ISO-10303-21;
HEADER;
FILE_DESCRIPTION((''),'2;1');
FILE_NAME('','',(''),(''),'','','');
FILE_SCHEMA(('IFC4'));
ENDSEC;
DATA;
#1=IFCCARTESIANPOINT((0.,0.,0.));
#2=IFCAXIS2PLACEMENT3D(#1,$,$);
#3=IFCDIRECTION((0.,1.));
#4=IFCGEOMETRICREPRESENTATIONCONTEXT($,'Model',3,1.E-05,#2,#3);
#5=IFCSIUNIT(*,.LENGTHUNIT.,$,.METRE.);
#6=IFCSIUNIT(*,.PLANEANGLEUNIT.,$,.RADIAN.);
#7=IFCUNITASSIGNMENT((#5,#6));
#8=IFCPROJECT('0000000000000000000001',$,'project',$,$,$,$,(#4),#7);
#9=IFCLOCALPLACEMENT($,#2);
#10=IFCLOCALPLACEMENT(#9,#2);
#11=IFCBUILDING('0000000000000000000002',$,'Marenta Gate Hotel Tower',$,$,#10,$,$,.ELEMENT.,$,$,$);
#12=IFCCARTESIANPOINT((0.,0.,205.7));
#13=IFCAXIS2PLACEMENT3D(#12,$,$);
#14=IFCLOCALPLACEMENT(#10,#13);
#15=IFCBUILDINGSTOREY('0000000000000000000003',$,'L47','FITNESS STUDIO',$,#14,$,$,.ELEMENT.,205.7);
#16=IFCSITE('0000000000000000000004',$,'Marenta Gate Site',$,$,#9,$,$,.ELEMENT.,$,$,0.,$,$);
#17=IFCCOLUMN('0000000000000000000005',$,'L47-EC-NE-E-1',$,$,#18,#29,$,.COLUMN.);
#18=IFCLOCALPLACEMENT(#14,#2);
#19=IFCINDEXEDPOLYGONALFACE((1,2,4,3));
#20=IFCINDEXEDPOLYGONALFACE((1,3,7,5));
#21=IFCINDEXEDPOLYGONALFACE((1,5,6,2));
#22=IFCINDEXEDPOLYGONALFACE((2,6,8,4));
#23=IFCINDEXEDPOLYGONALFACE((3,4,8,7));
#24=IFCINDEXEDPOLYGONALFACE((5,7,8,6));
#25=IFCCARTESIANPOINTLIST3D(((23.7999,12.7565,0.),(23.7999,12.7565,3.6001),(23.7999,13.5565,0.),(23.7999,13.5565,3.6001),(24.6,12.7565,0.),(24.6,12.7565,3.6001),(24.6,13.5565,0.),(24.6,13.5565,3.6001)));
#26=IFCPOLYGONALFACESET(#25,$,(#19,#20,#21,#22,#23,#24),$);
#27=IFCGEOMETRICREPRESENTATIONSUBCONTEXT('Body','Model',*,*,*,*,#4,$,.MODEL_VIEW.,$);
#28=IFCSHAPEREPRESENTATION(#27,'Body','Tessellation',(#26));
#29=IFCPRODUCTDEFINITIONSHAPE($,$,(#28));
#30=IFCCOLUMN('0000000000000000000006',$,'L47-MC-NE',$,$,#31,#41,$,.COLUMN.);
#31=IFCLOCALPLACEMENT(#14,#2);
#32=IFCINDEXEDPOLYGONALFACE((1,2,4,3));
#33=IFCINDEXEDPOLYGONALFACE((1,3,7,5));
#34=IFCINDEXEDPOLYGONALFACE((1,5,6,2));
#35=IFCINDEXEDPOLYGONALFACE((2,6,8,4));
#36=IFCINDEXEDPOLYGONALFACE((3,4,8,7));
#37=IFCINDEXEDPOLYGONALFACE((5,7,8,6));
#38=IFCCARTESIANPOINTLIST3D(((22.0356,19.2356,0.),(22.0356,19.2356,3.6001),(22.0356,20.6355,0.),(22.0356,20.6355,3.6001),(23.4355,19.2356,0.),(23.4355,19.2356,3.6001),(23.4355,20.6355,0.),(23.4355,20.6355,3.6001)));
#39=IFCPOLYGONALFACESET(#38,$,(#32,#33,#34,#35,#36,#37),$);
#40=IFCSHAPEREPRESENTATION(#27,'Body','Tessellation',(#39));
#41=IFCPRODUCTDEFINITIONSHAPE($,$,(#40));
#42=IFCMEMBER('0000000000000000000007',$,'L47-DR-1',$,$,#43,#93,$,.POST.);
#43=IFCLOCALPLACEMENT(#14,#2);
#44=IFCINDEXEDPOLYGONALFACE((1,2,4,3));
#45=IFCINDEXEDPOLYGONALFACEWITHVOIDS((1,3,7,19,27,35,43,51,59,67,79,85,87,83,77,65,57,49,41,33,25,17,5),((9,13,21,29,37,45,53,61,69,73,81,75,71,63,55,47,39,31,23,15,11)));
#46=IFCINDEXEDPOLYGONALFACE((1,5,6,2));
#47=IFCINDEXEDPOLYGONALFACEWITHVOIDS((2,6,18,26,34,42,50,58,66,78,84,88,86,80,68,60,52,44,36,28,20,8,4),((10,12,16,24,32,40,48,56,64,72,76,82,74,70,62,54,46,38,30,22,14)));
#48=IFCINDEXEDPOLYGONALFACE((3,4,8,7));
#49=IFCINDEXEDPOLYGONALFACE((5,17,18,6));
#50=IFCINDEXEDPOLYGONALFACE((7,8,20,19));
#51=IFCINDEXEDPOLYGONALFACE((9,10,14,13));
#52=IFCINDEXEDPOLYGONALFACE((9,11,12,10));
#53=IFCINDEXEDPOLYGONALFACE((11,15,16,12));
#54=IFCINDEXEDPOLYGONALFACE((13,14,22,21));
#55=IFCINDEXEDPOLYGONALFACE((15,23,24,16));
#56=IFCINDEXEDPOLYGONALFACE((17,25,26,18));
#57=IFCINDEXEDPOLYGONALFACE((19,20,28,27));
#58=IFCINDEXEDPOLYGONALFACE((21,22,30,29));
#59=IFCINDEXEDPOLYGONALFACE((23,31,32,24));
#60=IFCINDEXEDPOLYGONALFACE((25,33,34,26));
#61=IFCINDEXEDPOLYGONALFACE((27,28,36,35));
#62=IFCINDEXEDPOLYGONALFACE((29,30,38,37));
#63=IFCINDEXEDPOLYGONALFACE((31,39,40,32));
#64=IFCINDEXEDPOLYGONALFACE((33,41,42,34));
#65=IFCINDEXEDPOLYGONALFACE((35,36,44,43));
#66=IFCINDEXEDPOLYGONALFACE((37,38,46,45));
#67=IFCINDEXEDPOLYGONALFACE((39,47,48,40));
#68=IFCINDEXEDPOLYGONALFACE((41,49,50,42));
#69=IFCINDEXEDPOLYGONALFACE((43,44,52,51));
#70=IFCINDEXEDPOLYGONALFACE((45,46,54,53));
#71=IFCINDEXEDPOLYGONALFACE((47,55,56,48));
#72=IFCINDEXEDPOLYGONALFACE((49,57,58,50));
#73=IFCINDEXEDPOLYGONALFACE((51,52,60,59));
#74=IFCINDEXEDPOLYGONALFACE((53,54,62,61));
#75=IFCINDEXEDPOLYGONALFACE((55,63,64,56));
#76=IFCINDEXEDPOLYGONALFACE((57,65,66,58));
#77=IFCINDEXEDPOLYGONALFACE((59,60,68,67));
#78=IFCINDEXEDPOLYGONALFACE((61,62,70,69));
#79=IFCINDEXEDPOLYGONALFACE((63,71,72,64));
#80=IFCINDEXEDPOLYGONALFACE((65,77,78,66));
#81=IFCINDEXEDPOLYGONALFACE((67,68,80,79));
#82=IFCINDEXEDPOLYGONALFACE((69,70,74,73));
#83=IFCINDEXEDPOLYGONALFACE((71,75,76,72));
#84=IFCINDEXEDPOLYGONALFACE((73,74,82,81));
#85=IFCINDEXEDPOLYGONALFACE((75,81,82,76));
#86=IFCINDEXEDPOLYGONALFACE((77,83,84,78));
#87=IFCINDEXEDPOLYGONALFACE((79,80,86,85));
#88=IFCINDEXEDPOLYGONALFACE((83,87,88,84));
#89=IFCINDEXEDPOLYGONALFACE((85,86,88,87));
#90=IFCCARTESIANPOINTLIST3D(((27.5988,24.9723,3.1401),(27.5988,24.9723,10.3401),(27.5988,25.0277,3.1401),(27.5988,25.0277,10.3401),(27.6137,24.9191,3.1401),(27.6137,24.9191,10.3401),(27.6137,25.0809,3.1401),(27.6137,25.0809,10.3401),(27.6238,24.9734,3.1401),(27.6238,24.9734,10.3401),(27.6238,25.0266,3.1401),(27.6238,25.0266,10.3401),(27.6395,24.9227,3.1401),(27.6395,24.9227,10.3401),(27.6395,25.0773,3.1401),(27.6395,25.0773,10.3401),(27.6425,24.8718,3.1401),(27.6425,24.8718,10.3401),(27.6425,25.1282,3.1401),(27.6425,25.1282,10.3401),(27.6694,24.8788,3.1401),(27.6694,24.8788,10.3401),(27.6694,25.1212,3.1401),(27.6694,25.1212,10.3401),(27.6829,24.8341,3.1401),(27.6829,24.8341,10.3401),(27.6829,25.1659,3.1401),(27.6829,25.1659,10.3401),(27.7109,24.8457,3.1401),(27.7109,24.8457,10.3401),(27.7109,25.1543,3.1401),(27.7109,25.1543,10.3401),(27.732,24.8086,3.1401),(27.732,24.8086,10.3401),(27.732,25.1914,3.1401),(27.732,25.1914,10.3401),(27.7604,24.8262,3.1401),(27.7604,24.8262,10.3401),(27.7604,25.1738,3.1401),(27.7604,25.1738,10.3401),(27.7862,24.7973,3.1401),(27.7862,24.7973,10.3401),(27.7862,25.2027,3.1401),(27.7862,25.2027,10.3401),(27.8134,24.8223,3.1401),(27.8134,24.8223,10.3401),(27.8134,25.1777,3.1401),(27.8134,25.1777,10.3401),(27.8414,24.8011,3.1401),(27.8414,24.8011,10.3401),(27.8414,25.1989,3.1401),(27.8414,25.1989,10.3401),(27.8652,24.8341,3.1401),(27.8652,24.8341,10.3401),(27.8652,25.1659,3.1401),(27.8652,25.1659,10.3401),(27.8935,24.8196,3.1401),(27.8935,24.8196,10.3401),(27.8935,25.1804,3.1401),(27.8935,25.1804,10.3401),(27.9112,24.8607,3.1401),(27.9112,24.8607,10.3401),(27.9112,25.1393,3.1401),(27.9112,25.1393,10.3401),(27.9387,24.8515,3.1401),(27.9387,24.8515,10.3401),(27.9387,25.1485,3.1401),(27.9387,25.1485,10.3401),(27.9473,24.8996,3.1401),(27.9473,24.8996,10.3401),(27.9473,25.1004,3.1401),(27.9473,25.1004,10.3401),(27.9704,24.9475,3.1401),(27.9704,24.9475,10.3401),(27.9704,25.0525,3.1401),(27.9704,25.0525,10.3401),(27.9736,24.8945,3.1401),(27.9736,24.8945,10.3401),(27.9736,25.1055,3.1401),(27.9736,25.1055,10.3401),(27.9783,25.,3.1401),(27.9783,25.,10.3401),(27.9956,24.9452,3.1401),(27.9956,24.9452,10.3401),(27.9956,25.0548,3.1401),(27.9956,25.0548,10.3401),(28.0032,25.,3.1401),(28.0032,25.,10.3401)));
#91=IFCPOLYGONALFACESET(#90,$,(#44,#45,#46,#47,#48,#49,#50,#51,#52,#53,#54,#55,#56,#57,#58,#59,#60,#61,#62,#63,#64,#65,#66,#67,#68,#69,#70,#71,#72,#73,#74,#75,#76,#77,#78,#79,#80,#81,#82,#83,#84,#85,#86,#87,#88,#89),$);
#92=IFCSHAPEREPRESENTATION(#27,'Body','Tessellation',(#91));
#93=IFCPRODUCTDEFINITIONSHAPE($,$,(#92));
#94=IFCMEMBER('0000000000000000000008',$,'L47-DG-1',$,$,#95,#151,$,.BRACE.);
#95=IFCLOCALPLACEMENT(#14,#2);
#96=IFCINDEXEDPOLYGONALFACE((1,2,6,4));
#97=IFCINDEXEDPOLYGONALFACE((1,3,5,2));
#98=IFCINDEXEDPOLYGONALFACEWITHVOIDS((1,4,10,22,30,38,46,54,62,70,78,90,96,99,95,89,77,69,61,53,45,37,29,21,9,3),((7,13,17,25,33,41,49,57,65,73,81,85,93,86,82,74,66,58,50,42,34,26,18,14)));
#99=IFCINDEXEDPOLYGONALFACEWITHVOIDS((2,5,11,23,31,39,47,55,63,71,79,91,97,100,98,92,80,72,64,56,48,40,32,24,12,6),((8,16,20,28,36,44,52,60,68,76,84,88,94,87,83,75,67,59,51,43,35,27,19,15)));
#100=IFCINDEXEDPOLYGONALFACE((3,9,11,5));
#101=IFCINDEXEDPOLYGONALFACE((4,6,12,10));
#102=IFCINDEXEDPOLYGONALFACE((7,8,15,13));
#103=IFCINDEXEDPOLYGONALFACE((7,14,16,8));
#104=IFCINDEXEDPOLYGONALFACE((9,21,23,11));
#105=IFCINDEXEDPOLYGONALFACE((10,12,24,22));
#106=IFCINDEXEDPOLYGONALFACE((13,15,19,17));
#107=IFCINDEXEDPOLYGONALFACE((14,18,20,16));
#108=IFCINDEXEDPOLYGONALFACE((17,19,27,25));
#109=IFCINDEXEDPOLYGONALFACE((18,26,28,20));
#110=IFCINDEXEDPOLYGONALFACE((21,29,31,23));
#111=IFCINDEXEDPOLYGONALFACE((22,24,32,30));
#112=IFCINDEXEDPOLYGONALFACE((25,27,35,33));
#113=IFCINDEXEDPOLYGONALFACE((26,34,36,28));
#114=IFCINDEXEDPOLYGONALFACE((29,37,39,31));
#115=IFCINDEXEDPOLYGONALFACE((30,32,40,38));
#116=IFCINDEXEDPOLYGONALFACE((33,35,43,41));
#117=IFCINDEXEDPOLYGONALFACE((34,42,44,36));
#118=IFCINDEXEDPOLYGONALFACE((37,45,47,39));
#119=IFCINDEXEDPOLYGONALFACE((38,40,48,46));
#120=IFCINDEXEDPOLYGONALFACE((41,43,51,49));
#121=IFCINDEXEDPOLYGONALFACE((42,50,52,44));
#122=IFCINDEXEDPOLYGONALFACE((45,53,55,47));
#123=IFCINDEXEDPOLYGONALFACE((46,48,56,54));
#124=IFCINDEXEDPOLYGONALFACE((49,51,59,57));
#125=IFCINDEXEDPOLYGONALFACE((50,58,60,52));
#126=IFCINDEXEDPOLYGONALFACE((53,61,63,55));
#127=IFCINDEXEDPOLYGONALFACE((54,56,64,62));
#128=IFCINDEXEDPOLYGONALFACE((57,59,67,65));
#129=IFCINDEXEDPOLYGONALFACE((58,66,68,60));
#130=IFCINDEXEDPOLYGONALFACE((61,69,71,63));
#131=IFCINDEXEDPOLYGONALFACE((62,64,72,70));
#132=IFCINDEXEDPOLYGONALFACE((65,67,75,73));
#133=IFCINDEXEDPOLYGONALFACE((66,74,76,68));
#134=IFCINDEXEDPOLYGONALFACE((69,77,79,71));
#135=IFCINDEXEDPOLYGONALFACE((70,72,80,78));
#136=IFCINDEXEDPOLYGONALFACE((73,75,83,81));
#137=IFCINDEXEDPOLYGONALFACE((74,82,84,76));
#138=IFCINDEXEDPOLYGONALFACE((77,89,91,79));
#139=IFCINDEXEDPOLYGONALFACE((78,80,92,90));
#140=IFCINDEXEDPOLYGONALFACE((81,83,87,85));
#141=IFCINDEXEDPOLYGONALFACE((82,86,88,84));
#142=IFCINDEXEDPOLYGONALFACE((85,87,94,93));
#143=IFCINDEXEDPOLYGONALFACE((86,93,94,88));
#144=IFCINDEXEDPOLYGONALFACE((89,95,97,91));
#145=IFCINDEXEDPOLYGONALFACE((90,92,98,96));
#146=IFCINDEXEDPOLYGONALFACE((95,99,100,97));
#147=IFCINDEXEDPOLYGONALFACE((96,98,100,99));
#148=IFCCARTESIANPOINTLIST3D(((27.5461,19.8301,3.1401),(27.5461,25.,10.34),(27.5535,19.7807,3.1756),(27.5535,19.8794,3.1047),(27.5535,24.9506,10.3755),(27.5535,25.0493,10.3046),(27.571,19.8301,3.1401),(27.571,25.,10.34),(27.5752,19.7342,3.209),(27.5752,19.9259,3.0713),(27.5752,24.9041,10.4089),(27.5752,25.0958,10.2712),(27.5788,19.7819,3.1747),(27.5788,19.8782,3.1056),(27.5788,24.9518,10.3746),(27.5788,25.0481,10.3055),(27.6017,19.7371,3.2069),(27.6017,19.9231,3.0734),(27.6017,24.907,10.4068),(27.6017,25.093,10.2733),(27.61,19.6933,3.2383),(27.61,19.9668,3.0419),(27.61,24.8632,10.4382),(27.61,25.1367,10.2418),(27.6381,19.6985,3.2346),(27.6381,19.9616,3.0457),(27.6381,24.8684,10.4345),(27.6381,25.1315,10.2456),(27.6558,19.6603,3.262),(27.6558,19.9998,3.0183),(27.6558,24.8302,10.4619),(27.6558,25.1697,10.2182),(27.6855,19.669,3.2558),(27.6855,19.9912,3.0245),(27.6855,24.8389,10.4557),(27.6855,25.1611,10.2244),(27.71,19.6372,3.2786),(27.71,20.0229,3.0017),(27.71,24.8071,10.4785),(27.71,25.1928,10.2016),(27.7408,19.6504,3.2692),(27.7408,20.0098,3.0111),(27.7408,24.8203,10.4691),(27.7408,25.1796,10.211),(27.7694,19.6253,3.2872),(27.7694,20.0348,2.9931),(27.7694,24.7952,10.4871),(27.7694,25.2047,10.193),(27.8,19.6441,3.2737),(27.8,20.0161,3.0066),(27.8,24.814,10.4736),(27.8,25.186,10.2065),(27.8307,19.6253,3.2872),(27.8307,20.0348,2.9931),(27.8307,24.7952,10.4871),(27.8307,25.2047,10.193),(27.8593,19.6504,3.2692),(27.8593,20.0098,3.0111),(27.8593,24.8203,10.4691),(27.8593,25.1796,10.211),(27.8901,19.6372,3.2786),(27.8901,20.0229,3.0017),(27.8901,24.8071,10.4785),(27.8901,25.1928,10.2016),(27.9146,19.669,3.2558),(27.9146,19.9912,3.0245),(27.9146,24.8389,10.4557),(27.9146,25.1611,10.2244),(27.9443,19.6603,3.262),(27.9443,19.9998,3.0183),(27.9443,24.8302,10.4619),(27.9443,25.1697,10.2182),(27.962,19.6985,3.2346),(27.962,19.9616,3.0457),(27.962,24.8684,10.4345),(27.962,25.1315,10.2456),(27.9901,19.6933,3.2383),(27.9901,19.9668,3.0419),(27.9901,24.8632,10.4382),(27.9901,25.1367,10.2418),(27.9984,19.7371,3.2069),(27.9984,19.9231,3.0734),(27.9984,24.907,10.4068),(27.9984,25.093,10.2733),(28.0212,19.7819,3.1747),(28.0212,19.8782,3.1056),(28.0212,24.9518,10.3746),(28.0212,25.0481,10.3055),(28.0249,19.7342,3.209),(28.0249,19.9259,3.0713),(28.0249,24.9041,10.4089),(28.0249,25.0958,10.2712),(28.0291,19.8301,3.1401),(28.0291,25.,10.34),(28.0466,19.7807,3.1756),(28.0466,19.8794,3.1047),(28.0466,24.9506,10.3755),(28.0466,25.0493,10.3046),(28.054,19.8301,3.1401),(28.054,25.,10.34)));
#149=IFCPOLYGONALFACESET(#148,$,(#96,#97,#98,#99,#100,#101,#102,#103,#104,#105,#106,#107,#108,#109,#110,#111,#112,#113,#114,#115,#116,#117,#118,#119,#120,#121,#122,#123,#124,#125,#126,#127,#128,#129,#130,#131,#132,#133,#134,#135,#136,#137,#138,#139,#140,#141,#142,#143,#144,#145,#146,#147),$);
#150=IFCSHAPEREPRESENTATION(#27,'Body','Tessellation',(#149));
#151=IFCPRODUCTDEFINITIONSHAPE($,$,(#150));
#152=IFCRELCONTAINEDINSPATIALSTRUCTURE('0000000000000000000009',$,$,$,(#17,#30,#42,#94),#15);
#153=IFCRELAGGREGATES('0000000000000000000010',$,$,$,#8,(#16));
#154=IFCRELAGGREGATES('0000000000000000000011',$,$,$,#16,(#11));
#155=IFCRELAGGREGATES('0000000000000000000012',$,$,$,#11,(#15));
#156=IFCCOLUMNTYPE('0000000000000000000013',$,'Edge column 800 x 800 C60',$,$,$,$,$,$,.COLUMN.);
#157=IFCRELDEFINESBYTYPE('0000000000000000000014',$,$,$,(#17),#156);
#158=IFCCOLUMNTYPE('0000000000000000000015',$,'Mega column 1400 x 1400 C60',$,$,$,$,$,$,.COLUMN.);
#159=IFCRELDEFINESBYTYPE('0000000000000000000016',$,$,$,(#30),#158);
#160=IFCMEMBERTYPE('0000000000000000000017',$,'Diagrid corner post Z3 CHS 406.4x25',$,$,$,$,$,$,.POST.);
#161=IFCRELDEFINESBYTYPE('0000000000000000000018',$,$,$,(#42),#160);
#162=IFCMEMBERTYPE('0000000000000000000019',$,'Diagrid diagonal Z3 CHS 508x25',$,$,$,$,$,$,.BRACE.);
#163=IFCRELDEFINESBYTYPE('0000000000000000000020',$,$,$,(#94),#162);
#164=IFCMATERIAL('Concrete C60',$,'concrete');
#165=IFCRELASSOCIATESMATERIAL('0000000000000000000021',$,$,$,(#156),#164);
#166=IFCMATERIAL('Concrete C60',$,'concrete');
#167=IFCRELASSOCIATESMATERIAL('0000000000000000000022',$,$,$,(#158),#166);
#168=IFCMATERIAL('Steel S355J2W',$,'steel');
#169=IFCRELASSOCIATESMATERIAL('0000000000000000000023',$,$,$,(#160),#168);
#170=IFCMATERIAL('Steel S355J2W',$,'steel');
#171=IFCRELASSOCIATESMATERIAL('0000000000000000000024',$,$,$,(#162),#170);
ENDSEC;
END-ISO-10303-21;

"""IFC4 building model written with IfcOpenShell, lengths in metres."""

from ifc_helpers import new_model, si_unit, direction, frame, origin, origin_2d, place, context, subcontext, project, spatial, rectangle, hollow_circle, extrude, material, material_profile, profile_set, type_object, element, save


model = new_model("IFC4")

# Units and contexts
model_context = context("Model", 3, precision=1e-05, world=origin(), true_north=direction((0.0, 1.0)))
body_context = subcontext(model_context, "Body", "Model", "MODEL_VIEW")
ifc_project = project(units=[si_unit("LENGTHUNIT", "METRE"), si_unit("PLANEANGLEUNIT", "RADIAN")], contexts=[model_context])

# Site, building, storey
site_placement = place(None, origin())
site = spatial("IfcSite", under=ifc_project, at=site_placement, Name="Marenta Gate Site", CompositionType="ELEMENT", RefElevation=0.0)
building_placement = place(site_placement, origin())
building = spatial("IfcBuilding", under=site, at=building_placement, Name="Marenta Gate Hotel Tower", CompositionType="ELEMENT")
storey_placement = place(building_placement, frame((0.0, 0.0, 205.7)))
storey = spatial("IfcBuildingStorey", under=building, at=storey_placement, Name="L47", Description="FITNESS STUDIO", CompositionType="ELEMENT", Elevation=205.7)

# Columns
ifc_material_1 = material(Name="Concrete C60", Category="concrete")
ifc_material_profile_1 = material_profile(ifc_material_1, rectangle(XDim=0.8, YDim=0.8, at=origin_2d()), Name="800 x 800")
ifc_profile_set_1 = profile_set([ifc_material_profile_1], Name="Concrete C60")
column_type_1 = type_object("IfcColumnType", Name="Edge column 800 x 800 C60", PredefinedType="COLUMN", material=ifc_profile_set_1)
column_1_placement = place(storey_placement, frame((24.2, 13.1565, 0.0), z_axis=(0.0, 0.0, 1.0), x_axis=(1.0, 0.0, 0.0)))
element("IfcColumn", 1, at=column_1_placement, inside=storey, type_object=column_type_1, Name="L47-EC-NE-E-1", PredefinedType="COLUMN", context=body_context, shape_type="SweptSolid", body=[
    extrude(rectangle(XDim=0.8, YDim=0.8, at=origin_2d()), origin(), (0.0, 0.0, 1.0), 3.6001),
])
ifc_material_2 = material(Name="Concrete C60", Category="concrete")
ifc_material_profile_2 = material_profile(ifc_material_2, rectangle(XDim=1.3999, YDim=1.3999, at=origin_2d()), Name="1400 x 1400")
ifc_profile_set_2 = profile_set([ifc_material_profile_2], Name="Concrete C60")
column_type_2 = type_object("IfcColumnType", Name="Mega column 1400 x 1400 C60", PredefinedType="COLUMN", material=ifc_profile_set_2)
column_2_placement = place(storey_placement, frame((22.7356, 19.9355, 0.0), z_axis=(0.0, 0.0, 1.0), x_axis=(1.0, 0.0, 0.0)))
element("IfcColumn", 2, at=column_2_placement, inside=storey, type_object=column_type_2, Name="L47-MC-NE", PredefinedType="COLUMN", context=body_context, shape_type="SweptSolid", body=[
    extrude(rectangle(XDim=1.3999, YDim=1.3999, at=origin_2d()), origin(), (0.0, 0.0, 1.0), 3.6001),
])

# Members
ifc_material_3 = material(Name="Steel S355J2W", Category="steel")
ifc_material_profile_3 = material_profile(ifc_material_3, hollow_circle(Radius=0.2031, WallThickness=0.0249, at=origin_2d()), Name="CHS 406.4x25")
ifc_profile_set_3 = profile_set([ifc_material_profile_3], Name="Steel S355J2W")
member_type_1 = type_object("IfcMemberType", Name="Diagrid corner post Z3 CHS 406.4x25", PredefinedType="POST", material=ifc_profile_set_3)
member_1_placement = place(storey_placement, frame((27.8, 25.0, 3.1401), z_axis=(0.0, 0.0, 1.0), x_axis=(1.0, 0.0, 0.0)))
element("IfcMember", 3, at=member_1_placement, inside=storey, type_object=member_type_1, Name="L47-DR-1", PredefinedType="POST", context=body_context, shape_type="SweptSolid", body=[
    extrude(hollow_circle(Radius=0.2031, WallThickness=0.0249, at=origin_2d()), origin(), (0.0, 0.0, 1.0), 7.2),
])
ifc_material_4 = material(Name="Steel S355J2W", Category="steel")
ifc_material_profile_4 = material_profile(ifc_material_4, hollow_circle(Radius=0.2539, WallThickness=0.0249, at=origin_2d()), Name="CHS 508x25")
ifc_profile_set_4 = profile_set([ifc_material_profile_4], Name="Steel S355J2W")
member_type_2 = type_object("IfcMemberType", Name="Diagrid diagonal Z3 CHS 508x25", PredefinedType="BRACE", material=ifc_profile_set_4)
member_2_placement = place(storey_placement, frame((27.8, 19.8301, 3.1401), z_axis=(0.0, 0.583261, 0.812285), x_axis=(-1.0, 0.0, 0.0)))
element("IfcMember", 4, at=member_2_placement, inside=storey, type_object=member_type_2, Name="L47-DG-1", PredefinedType="BRACE", context=body_context, shape_type="SweptSolid", body=[
    extrude(hollow_circle(Radius=0.2539, WallThickness=0.0249, at=origin_2d()), origin(), (0.0, 0.0, 1.0), 8.8638),
])

save(model, "model.ifc")
